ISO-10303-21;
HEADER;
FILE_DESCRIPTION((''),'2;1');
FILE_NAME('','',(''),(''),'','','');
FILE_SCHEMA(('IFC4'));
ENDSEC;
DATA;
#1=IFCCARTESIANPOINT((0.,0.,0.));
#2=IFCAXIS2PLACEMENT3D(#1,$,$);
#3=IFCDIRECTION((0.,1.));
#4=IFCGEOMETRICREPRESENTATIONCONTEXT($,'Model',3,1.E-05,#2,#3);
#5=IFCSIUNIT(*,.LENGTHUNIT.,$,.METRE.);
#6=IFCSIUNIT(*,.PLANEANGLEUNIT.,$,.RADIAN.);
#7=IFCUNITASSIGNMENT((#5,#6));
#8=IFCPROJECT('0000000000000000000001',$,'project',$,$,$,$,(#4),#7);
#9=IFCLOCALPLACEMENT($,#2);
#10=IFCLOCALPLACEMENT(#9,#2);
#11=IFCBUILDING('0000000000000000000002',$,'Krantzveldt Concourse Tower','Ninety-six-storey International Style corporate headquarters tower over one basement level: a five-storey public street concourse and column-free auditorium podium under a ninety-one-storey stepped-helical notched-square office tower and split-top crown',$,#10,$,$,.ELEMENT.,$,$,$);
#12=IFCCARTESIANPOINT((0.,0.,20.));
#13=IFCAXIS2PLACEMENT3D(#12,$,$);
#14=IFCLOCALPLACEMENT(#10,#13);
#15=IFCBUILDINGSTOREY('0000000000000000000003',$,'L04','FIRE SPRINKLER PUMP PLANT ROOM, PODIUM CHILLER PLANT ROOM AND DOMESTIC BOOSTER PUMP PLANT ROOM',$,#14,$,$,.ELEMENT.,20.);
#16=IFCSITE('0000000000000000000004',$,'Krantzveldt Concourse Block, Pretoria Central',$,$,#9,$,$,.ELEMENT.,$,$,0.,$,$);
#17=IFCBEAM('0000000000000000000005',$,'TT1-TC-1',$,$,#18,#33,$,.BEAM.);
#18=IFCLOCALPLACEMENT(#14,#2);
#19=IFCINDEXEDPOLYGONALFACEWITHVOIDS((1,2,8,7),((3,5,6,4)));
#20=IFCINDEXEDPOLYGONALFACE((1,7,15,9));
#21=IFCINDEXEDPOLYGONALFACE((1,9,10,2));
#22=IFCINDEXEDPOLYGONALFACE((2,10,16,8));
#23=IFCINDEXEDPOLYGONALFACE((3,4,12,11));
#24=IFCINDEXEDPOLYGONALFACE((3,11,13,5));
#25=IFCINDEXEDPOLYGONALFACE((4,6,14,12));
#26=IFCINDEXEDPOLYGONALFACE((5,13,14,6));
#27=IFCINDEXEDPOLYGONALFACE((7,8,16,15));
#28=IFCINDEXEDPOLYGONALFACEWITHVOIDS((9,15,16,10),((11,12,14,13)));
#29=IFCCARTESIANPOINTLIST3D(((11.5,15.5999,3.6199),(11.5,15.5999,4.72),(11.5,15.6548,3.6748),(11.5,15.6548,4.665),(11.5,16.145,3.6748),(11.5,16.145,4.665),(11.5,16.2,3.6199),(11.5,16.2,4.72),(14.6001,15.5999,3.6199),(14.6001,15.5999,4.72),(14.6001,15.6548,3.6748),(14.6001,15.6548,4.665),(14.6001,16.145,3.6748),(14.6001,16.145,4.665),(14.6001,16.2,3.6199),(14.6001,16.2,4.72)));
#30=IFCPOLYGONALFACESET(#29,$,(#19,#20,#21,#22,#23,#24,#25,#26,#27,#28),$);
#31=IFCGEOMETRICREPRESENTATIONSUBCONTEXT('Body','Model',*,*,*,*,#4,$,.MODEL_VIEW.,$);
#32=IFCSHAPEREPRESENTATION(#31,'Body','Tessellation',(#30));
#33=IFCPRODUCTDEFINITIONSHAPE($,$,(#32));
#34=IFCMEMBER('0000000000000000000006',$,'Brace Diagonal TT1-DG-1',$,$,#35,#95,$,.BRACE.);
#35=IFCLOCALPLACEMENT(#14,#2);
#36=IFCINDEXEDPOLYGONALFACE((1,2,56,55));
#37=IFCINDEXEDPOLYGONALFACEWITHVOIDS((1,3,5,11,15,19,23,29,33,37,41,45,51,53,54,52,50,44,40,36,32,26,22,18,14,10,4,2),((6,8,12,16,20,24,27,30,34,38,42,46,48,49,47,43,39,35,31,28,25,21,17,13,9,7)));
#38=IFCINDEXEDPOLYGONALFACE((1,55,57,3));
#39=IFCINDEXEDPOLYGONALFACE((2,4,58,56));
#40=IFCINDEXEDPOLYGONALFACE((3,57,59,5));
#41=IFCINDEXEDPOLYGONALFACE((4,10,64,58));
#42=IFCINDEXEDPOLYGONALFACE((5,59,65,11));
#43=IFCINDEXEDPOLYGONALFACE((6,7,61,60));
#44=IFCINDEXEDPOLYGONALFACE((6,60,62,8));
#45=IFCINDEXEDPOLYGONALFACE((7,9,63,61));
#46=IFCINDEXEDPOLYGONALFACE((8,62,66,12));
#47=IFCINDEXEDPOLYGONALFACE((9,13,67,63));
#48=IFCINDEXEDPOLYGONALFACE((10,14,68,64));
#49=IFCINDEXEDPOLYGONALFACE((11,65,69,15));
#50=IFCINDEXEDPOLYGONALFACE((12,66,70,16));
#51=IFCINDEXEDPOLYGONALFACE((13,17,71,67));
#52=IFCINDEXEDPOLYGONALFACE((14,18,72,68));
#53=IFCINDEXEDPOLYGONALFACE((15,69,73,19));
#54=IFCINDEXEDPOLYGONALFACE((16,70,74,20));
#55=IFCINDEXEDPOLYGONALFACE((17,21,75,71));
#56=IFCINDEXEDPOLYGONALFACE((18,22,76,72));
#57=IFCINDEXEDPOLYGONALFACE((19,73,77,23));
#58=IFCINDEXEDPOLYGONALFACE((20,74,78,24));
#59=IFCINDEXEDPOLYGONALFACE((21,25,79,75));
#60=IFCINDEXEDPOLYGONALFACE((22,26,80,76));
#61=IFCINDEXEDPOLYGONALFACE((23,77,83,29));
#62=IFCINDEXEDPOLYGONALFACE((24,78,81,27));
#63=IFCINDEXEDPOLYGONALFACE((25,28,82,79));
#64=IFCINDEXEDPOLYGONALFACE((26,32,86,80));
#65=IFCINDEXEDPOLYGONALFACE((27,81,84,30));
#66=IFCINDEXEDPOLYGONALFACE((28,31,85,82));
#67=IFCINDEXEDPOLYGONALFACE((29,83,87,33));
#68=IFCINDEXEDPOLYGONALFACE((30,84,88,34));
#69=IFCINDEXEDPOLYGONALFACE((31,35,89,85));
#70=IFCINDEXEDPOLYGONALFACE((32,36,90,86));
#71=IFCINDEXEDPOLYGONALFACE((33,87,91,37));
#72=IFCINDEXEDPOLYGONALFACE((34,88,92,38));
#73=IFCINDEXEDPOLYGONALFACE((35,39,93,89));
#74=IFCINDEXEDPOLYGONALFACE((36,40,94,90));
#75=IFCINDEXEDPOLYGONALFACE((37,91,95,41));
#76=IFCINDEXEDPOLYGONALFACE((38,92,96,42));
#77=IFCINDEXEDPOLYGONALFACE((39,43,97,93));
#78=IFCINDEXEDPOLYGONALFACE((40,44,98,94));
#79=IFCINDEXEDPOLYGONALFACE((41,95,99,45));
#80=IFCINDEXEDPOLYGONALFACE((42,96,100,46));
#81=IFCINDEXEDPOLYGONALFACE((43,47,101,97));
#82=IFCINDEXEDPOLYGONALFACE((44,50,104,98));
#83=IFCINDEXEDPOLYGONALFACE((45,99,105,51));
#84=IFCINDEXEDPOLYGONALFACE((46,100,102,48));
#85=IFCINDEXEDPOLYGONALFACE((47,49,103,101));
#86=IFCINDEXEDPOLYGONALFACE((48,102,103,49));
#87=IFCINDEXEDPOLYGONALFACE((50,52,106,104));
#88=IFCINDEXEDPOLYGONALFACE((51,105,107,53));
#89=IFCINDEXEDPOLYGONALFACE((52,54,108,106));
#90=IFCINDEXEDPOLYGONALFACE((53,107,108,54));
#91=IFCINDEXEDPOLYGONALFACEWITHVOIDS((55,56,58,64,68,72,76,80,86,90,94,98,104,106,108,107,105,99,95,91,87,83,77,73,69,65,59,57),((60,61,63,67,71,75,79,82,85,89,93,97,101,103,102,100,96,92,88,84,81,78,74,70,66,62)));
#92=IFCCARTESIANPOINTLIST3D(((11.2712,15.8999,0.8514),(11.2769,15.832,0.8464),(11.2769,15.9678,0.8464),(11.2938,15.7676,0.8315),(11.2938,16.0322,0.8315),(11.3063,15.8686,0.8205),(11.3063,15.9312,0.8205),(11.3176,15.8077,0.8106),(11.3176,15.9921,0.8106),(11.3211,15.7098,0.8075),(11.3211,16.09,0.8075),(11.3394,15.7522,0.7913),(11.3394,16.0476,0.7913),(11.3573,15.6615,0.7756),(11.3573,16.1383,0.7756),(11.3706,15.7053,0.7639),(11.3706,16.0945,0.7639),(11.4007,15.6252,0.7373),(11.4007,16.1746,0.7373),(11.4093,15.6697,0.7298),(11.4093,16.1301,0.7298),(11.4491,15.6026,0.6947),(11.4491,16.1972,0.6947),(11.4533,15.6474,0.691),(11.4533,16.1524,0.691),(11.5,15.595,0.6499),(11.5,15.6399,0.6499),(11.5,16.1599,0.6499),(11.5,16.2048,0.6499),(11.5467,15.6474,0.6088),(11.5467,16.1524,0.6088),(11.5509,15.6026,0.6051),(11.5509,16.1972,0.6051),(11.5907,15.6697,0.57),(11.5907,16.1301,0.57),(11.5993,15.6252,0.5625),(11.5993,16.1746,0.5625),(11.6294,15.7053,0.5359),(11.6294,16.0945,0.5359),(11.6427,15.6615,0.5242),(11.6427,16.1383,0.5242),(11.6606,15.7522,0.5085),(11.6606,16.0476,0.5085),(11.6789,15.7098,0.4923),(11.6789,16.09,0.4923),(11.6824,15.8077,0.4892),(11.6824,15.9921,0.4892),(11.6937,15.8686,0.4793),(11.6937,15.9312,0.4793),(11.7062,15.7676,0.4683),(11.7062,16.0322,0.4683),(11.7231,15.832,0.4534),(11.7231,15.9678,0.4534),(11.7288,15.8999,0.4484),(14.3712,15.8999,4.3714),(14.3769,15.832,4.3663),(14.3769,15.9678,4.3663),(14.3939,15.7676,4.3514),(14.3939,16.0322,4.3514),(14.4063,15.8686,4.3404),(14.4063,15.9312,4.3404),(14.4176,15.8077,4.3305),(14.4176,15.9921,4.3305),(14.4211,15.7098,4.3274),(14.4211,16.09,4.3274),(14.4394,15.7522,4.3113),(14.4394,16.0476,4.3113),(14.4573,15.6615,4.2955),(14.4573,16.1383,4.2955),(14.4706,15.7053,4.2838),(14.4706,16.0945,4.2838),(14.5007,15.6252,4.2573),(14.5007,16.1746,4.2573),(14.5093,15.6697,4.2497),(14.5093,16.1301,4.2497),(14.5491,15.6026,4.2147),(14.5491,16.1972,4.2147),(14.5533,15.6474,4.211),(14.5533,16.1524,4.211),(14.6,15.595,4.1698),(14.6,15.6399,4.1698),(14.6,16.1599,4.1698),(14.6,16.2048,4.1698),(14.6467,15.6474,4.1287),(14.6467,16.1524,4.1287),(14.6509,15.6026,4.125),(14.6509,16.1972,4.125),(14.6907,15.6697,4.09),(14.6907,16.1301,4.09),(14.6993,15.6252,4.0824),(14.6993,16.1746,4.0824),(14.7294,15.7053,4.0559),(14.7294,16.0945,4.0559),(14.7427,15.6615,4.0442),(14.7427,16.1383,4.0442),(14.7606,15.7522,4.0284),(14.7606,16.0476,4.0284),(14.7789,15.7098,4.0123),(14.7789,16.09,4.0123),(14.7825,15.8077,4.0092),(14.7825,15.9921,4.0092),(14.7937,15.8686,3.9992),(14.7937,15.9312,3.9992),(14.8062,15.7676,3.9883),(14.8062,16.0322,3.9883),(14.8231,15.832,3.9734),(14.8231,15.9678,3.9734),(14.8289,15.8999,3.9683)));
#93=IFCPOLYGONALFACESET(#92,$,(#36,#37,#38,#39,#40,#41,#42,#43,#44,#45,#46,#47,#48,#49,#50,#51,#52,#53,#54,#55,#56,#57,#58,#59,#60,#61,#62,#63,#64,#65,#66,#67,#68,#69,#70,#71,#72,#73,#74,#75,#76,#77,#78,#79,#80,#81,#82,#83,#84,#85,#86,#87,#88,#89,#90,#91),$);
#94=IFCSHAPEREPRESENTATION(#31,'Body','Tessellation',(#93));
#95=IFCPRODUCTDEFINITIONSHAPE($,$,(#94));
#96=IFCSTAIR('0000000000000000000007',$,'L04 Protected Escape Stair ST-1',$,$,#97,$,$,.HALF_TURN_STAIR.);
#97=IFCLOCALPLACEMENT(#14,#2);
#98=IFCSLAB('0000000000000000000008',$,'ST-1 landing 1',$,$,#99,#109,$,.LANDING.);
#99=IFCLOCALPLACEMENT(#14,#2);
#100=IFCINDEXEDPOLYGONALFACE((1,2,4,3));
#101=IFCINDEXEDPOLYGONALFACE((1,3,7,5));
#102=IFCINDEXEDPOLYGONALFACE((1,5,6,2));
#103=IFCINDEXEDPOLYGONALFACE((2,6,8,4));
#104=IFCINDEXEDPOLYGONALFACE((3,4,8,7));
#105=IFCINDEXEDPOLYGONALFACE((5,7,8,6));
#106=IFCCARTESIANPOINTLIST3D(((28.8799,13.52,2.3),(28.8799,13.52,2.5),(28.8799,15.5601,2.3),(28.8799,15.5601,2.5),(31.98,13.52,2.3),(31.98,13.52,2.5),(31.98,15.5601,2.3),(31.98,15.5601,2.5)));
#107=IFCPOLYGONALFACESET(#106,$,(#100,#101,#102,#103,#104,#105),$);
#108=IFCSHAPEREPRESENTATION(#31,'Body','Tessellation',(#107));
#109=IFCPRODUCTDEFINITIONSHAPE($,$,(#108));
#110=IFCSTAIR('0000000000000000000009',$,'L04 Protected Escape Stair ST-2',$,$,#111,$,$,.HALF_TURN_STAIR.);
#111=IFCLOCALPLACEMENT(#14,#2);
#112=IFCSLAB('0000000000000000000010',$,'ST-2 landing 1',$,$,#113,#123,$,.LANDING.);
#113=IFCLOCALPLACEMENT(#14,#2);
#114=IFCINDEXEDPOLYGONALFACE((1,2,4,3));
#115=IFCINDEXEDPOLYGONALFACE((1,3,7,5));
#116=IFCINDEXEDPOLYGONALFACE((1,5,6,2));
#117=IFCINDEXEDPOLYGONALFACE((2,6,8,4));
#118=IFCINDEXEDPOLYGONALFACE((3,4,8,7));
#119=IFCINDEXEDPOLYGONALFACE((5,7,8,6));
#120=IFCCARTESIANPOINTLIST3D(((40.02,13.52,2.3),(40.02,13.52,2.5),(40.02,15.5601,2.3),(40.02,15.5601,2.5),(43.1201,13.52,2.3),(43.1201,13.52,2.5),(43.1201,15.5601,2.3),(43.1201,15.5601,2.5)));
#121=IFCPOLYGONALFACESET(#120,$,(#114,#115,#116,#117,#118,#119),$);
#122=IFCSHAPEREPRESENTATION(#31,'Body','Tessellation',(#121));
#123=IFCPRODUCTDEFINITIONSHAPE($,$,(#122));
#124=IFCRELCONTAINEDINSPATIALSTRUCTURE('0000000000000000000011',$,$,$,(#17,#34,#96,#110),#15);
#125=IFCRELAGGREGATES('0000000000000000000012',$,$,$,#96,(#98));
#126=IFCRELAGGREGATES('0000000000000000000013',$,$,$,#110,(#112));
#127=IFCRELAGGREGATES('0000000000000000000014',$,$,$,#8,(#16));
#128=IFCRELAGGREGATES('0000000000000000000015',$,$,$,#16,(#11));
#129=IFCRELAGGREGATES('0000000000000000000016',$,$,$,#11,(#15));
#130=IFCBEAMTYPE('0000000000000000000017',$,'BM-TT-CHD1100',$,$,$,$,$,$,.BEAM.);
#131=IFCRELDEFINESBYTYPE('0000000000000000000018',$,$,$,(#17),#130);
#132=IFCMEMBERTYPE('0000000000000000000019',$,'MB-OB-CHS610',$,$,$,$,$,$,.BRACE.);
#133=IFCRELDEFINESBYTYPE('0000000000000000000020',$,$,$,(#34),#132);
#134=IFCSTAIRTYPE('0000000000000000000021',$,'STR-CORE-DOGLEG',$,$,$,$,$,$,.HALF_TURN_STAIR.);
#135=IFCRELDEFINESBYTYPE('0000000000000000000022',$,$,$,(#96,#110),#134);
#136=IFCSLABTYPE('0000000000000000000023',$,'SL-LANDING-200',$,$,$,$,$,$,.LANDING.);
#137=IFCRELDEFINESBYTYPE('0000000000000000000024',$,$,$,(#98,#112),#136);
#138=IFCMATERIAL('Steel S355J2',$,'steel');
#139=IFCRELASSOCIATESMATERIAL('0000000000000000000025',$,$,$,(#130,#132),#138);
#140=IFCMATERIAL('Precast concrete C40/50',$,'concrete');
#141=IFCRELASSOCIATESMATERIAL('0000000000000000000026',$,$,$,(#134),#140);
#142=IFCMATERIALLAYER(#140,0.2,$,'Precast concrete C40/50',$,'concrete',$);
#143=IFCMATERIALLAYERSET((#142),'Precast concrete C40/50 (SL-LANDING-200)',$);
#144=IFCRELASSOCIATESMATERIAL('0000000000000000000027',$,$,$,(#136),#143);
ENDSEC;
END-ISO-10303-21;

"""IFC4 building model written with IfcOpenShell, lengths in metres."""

from ifc_helpers import new_model, si_unit, direction, frame, origin, origin_2d, place, context, subcontext, project, spatial, polyline, hollow_rectangle, hollow_circle, outline, extrude, source, transform, mapped, material, layer, layer_set, material_profile, profile_set, type_object, type_shapes, element, aggregate, save


model = new_model("IFC4")

# Units and contexts
model_context = context("Model", 3, precision=1e-05, world=origin(), true_north=direction((0.0, 1.0)))
body_context = subcontext(model_context, "Body", "Model", "MODEL_VIEW")
ifc_project = project(units=[si_unit("LENGTHUNIT", "METRE"), si_unit("PLANEANGLEUNIT", "RADIAN")], contexts=[model_context])

# Site, building, storey
site_placement = place(None, origin())
site = spatial("IfcSite", under=ifc_project, at=site_placement, Name="Krantzveldt Concourse Block, Pretoria Central", CompositionType="ELEMENT", RefElevation=0.0)
building_placement = place(site_placement, origin())
building = spatial("IfcBuilding", under=site, at=building_placement, Name="Krantzveldt Concourse Tower", Description="Ninety-six-storey International Style corporate headquarters tower over one basement level: a five-storey public street concourse and column-free auditorium podium under a ninety-one-storey stepped-helical notched-square office tower and split-top crown", CompositionType="ELEMENT")
storey_placement = place(building_placement, frame((0.0, 0.0, 20.0)))
storey = spatial("IfcBuildingStorey", under=building, at=storey_placement, Name="L04", Description="FIRE SPRINKLER PUMP PLANT ROOM, PODIUM CHILLER PLANT ROOM AND DOMESTIC BOOSTER PUMP PLANT ROOM", CompositionType="ELEMENT", Elevation=20.0)

# Beam
ifc_material_1 = material(Name="Steel S355J2", Category="steel")
ifc_material_profile_1 = material_profile(ifc_material_1, hollow_rectangle(XDim=0.6001, YDim=1.1001, WallThickness=0.0549, at=origin_2d()), Name="Steel S355J2", Category="steel")
ifc_profile_set_1 = profile_set([ifc_material_profile_1], Name="Steel S355J2 - RHS 1100x600x55")
beam_type_1 = type_object("IfcBeamType", Name="BM-TT-CHD1100", PredefinedType="BEAM", material=ifc_profile_set_1)
shared_shape_1 = source(origin(), body_context, "Body", "SweptSolid", [
    extrude(hollow_rectangle(XDim=0.6001, YDim=1.1001, WallThickness=0.0549, at=origin_2d()), origin(), (0.0, 0.0, 1.0), 3.1001),
])
type_shapes(beam_type_1, [shared_shape_1])
for number, where, z_axis, x_axis, name in (
    (1, (11.5, 15.8999, 4.1699), (1.0, 0.0, 0.0), (0.0, 1.0, 0.0), "TT1-TC-1"),
):
    element("IfcBeam", number, at=place(storey_placement, frame(where, z_axis=z_axis, x_axis=x_axis)), inside=storey, type_object=beam_type_1, Name=name, PredefinedType="BEAM", context=body_context, shape_type="MappedRepresentation", body=[
        mapped(shared_shape_1, transform((0.0, 0.0, 0.0), x_axis=(1.0, 0.0, 0.0), y_axis=(0.0, 1.0, 0.0), z_axis=(0.0, 0.0, 1.0), scale=1.0)),
    ])

# Member
ifc_material_profile_2 = material_profile(ifc_material_1, hollow_circle(Radius=0.3049, WallThickness=0.0449, at=origin_2d()), Name="Steel S355J2", Category="steel")
ifc_profile_set_2 = profile_set([ifc_material_profile_2], Name="Steel S355J2 - CHS 610x45")
member_type = type_object("IfcMemberType", Name="MB-OB-CHS610", PredefinedType="BRACE", material=ifc_profile_set_2)
shared_shape_2 = source(origin(), body_context, "Body", "SweptSolid", [
    extrude(hollow_circle(Radius=0.3049, WallThickness=0.0449, at=origin_2d()), origin(), (0.0, 0.0, 1.0), 4.6904),
])
type_shapes(member_type, [shared_shape_2])
member_placement = place(storey_placement, frame((11.5, 15.8999, 0.6499), z_axis=(0.660926, 0.0, 0.750451), x_axis=(0.0, 1.0, 0.0)))
element("IfcMember", 2, at=member_placement, inside=storey, type_object=member_type, Name="Brace Diagonal TT1-DG-1", PredefinedType="BRACE", context=body_context, shape_type="MappedRepresentation", body=[
    mapped(shared_shape_2, transform((0.0, 0.0, 0.0), x_axis=(1.0, 0.0, 0.0), y_axis=(0.0, 1.0, 0.0), z_axis=(0.0, 0.0, 1.0), scale=1.0)),
])

# Stairs, slabs
ifc_material_2 = material(Name="Precast concrete C40/50", Category="concrete")
stair_type = type_object("IfcStairType", Name="STR-CORE-DOGLEG", PredefinedType="HALF_TURN_STAIR", material=ifc_material_2)
stair_1_placement = place(storey_placement, origin())
stair_1 = element("IfcStair", 3, at=stair_1_placement, inside=storey, type_object=stair_type, Name="L04 Protected Escape Stair ST-1", PredefinedType="HALF_TURN_STAIR")
ifc_layer_1 = layer(ifc_material_2, 0.2, Name="Precast concrete C40/50", Category="concrete")
ifc_layer_set_1 = layer_set([ifc_layer_1], Name="Precast concrete C40/50 (SL-LANDING-200)")
slab_type_1 = type_object("IfcSlabType", Name="SL-LANDING-200", PredefinedType="LANDING", material=ifc_layer_set_1)
slab_1_placement = place(storey_placement, frame((0.0, 0.0, 2.3)))
slab_1 = element("IfcSlab", 4, at=slab_1_placement, type_object=slab_type_1, Name="ST-1 landing 1", PredefinedType="LANDING", context=body_context, shape_type="SweptSolid", body=[
    extrude(outline(polyline([(28.8799, 15.5601), (28.8799, 13.52), (31.98, 13.52), (31.98, 15.5601), (28.8799, 15.5601)])), origin(), (0.0, 0.0, 1.0), 0.2),
])
aggregate(stair_1, [slab_1])
stair_2_placement = place(storey_placement, origin())
stair_2 = element("IfcStair", 5, at=stair_2_placement, inside=storey, type_object=stair_type, Name="L04 Protected Escape Stair ST-2", PredefinedType="HALF_TURN_STAIR")
slab_2_placement = place(storey_placement, frame((0.0, 0.0, 2.3)))
slab_2 = element("IfcSlab", 6, at=slab_2_placement, type_object=slab_type_1, Name="ST-2 landing 1", PredefinedType="LANDING", context=body_context, shape_type="SweptSolid", body=[
    extrude(outline(polyline([(40.02, 15.5601), (40.02, 13.52), (43.1201, 13.52), (43.1201, 15.5601), (40.02, 15.5601)])), origin(), (0.0, 0.0, 1.0), 0.2),
])
aggregate(stair_2, [slab_2])

save(model, "model.ifc")
